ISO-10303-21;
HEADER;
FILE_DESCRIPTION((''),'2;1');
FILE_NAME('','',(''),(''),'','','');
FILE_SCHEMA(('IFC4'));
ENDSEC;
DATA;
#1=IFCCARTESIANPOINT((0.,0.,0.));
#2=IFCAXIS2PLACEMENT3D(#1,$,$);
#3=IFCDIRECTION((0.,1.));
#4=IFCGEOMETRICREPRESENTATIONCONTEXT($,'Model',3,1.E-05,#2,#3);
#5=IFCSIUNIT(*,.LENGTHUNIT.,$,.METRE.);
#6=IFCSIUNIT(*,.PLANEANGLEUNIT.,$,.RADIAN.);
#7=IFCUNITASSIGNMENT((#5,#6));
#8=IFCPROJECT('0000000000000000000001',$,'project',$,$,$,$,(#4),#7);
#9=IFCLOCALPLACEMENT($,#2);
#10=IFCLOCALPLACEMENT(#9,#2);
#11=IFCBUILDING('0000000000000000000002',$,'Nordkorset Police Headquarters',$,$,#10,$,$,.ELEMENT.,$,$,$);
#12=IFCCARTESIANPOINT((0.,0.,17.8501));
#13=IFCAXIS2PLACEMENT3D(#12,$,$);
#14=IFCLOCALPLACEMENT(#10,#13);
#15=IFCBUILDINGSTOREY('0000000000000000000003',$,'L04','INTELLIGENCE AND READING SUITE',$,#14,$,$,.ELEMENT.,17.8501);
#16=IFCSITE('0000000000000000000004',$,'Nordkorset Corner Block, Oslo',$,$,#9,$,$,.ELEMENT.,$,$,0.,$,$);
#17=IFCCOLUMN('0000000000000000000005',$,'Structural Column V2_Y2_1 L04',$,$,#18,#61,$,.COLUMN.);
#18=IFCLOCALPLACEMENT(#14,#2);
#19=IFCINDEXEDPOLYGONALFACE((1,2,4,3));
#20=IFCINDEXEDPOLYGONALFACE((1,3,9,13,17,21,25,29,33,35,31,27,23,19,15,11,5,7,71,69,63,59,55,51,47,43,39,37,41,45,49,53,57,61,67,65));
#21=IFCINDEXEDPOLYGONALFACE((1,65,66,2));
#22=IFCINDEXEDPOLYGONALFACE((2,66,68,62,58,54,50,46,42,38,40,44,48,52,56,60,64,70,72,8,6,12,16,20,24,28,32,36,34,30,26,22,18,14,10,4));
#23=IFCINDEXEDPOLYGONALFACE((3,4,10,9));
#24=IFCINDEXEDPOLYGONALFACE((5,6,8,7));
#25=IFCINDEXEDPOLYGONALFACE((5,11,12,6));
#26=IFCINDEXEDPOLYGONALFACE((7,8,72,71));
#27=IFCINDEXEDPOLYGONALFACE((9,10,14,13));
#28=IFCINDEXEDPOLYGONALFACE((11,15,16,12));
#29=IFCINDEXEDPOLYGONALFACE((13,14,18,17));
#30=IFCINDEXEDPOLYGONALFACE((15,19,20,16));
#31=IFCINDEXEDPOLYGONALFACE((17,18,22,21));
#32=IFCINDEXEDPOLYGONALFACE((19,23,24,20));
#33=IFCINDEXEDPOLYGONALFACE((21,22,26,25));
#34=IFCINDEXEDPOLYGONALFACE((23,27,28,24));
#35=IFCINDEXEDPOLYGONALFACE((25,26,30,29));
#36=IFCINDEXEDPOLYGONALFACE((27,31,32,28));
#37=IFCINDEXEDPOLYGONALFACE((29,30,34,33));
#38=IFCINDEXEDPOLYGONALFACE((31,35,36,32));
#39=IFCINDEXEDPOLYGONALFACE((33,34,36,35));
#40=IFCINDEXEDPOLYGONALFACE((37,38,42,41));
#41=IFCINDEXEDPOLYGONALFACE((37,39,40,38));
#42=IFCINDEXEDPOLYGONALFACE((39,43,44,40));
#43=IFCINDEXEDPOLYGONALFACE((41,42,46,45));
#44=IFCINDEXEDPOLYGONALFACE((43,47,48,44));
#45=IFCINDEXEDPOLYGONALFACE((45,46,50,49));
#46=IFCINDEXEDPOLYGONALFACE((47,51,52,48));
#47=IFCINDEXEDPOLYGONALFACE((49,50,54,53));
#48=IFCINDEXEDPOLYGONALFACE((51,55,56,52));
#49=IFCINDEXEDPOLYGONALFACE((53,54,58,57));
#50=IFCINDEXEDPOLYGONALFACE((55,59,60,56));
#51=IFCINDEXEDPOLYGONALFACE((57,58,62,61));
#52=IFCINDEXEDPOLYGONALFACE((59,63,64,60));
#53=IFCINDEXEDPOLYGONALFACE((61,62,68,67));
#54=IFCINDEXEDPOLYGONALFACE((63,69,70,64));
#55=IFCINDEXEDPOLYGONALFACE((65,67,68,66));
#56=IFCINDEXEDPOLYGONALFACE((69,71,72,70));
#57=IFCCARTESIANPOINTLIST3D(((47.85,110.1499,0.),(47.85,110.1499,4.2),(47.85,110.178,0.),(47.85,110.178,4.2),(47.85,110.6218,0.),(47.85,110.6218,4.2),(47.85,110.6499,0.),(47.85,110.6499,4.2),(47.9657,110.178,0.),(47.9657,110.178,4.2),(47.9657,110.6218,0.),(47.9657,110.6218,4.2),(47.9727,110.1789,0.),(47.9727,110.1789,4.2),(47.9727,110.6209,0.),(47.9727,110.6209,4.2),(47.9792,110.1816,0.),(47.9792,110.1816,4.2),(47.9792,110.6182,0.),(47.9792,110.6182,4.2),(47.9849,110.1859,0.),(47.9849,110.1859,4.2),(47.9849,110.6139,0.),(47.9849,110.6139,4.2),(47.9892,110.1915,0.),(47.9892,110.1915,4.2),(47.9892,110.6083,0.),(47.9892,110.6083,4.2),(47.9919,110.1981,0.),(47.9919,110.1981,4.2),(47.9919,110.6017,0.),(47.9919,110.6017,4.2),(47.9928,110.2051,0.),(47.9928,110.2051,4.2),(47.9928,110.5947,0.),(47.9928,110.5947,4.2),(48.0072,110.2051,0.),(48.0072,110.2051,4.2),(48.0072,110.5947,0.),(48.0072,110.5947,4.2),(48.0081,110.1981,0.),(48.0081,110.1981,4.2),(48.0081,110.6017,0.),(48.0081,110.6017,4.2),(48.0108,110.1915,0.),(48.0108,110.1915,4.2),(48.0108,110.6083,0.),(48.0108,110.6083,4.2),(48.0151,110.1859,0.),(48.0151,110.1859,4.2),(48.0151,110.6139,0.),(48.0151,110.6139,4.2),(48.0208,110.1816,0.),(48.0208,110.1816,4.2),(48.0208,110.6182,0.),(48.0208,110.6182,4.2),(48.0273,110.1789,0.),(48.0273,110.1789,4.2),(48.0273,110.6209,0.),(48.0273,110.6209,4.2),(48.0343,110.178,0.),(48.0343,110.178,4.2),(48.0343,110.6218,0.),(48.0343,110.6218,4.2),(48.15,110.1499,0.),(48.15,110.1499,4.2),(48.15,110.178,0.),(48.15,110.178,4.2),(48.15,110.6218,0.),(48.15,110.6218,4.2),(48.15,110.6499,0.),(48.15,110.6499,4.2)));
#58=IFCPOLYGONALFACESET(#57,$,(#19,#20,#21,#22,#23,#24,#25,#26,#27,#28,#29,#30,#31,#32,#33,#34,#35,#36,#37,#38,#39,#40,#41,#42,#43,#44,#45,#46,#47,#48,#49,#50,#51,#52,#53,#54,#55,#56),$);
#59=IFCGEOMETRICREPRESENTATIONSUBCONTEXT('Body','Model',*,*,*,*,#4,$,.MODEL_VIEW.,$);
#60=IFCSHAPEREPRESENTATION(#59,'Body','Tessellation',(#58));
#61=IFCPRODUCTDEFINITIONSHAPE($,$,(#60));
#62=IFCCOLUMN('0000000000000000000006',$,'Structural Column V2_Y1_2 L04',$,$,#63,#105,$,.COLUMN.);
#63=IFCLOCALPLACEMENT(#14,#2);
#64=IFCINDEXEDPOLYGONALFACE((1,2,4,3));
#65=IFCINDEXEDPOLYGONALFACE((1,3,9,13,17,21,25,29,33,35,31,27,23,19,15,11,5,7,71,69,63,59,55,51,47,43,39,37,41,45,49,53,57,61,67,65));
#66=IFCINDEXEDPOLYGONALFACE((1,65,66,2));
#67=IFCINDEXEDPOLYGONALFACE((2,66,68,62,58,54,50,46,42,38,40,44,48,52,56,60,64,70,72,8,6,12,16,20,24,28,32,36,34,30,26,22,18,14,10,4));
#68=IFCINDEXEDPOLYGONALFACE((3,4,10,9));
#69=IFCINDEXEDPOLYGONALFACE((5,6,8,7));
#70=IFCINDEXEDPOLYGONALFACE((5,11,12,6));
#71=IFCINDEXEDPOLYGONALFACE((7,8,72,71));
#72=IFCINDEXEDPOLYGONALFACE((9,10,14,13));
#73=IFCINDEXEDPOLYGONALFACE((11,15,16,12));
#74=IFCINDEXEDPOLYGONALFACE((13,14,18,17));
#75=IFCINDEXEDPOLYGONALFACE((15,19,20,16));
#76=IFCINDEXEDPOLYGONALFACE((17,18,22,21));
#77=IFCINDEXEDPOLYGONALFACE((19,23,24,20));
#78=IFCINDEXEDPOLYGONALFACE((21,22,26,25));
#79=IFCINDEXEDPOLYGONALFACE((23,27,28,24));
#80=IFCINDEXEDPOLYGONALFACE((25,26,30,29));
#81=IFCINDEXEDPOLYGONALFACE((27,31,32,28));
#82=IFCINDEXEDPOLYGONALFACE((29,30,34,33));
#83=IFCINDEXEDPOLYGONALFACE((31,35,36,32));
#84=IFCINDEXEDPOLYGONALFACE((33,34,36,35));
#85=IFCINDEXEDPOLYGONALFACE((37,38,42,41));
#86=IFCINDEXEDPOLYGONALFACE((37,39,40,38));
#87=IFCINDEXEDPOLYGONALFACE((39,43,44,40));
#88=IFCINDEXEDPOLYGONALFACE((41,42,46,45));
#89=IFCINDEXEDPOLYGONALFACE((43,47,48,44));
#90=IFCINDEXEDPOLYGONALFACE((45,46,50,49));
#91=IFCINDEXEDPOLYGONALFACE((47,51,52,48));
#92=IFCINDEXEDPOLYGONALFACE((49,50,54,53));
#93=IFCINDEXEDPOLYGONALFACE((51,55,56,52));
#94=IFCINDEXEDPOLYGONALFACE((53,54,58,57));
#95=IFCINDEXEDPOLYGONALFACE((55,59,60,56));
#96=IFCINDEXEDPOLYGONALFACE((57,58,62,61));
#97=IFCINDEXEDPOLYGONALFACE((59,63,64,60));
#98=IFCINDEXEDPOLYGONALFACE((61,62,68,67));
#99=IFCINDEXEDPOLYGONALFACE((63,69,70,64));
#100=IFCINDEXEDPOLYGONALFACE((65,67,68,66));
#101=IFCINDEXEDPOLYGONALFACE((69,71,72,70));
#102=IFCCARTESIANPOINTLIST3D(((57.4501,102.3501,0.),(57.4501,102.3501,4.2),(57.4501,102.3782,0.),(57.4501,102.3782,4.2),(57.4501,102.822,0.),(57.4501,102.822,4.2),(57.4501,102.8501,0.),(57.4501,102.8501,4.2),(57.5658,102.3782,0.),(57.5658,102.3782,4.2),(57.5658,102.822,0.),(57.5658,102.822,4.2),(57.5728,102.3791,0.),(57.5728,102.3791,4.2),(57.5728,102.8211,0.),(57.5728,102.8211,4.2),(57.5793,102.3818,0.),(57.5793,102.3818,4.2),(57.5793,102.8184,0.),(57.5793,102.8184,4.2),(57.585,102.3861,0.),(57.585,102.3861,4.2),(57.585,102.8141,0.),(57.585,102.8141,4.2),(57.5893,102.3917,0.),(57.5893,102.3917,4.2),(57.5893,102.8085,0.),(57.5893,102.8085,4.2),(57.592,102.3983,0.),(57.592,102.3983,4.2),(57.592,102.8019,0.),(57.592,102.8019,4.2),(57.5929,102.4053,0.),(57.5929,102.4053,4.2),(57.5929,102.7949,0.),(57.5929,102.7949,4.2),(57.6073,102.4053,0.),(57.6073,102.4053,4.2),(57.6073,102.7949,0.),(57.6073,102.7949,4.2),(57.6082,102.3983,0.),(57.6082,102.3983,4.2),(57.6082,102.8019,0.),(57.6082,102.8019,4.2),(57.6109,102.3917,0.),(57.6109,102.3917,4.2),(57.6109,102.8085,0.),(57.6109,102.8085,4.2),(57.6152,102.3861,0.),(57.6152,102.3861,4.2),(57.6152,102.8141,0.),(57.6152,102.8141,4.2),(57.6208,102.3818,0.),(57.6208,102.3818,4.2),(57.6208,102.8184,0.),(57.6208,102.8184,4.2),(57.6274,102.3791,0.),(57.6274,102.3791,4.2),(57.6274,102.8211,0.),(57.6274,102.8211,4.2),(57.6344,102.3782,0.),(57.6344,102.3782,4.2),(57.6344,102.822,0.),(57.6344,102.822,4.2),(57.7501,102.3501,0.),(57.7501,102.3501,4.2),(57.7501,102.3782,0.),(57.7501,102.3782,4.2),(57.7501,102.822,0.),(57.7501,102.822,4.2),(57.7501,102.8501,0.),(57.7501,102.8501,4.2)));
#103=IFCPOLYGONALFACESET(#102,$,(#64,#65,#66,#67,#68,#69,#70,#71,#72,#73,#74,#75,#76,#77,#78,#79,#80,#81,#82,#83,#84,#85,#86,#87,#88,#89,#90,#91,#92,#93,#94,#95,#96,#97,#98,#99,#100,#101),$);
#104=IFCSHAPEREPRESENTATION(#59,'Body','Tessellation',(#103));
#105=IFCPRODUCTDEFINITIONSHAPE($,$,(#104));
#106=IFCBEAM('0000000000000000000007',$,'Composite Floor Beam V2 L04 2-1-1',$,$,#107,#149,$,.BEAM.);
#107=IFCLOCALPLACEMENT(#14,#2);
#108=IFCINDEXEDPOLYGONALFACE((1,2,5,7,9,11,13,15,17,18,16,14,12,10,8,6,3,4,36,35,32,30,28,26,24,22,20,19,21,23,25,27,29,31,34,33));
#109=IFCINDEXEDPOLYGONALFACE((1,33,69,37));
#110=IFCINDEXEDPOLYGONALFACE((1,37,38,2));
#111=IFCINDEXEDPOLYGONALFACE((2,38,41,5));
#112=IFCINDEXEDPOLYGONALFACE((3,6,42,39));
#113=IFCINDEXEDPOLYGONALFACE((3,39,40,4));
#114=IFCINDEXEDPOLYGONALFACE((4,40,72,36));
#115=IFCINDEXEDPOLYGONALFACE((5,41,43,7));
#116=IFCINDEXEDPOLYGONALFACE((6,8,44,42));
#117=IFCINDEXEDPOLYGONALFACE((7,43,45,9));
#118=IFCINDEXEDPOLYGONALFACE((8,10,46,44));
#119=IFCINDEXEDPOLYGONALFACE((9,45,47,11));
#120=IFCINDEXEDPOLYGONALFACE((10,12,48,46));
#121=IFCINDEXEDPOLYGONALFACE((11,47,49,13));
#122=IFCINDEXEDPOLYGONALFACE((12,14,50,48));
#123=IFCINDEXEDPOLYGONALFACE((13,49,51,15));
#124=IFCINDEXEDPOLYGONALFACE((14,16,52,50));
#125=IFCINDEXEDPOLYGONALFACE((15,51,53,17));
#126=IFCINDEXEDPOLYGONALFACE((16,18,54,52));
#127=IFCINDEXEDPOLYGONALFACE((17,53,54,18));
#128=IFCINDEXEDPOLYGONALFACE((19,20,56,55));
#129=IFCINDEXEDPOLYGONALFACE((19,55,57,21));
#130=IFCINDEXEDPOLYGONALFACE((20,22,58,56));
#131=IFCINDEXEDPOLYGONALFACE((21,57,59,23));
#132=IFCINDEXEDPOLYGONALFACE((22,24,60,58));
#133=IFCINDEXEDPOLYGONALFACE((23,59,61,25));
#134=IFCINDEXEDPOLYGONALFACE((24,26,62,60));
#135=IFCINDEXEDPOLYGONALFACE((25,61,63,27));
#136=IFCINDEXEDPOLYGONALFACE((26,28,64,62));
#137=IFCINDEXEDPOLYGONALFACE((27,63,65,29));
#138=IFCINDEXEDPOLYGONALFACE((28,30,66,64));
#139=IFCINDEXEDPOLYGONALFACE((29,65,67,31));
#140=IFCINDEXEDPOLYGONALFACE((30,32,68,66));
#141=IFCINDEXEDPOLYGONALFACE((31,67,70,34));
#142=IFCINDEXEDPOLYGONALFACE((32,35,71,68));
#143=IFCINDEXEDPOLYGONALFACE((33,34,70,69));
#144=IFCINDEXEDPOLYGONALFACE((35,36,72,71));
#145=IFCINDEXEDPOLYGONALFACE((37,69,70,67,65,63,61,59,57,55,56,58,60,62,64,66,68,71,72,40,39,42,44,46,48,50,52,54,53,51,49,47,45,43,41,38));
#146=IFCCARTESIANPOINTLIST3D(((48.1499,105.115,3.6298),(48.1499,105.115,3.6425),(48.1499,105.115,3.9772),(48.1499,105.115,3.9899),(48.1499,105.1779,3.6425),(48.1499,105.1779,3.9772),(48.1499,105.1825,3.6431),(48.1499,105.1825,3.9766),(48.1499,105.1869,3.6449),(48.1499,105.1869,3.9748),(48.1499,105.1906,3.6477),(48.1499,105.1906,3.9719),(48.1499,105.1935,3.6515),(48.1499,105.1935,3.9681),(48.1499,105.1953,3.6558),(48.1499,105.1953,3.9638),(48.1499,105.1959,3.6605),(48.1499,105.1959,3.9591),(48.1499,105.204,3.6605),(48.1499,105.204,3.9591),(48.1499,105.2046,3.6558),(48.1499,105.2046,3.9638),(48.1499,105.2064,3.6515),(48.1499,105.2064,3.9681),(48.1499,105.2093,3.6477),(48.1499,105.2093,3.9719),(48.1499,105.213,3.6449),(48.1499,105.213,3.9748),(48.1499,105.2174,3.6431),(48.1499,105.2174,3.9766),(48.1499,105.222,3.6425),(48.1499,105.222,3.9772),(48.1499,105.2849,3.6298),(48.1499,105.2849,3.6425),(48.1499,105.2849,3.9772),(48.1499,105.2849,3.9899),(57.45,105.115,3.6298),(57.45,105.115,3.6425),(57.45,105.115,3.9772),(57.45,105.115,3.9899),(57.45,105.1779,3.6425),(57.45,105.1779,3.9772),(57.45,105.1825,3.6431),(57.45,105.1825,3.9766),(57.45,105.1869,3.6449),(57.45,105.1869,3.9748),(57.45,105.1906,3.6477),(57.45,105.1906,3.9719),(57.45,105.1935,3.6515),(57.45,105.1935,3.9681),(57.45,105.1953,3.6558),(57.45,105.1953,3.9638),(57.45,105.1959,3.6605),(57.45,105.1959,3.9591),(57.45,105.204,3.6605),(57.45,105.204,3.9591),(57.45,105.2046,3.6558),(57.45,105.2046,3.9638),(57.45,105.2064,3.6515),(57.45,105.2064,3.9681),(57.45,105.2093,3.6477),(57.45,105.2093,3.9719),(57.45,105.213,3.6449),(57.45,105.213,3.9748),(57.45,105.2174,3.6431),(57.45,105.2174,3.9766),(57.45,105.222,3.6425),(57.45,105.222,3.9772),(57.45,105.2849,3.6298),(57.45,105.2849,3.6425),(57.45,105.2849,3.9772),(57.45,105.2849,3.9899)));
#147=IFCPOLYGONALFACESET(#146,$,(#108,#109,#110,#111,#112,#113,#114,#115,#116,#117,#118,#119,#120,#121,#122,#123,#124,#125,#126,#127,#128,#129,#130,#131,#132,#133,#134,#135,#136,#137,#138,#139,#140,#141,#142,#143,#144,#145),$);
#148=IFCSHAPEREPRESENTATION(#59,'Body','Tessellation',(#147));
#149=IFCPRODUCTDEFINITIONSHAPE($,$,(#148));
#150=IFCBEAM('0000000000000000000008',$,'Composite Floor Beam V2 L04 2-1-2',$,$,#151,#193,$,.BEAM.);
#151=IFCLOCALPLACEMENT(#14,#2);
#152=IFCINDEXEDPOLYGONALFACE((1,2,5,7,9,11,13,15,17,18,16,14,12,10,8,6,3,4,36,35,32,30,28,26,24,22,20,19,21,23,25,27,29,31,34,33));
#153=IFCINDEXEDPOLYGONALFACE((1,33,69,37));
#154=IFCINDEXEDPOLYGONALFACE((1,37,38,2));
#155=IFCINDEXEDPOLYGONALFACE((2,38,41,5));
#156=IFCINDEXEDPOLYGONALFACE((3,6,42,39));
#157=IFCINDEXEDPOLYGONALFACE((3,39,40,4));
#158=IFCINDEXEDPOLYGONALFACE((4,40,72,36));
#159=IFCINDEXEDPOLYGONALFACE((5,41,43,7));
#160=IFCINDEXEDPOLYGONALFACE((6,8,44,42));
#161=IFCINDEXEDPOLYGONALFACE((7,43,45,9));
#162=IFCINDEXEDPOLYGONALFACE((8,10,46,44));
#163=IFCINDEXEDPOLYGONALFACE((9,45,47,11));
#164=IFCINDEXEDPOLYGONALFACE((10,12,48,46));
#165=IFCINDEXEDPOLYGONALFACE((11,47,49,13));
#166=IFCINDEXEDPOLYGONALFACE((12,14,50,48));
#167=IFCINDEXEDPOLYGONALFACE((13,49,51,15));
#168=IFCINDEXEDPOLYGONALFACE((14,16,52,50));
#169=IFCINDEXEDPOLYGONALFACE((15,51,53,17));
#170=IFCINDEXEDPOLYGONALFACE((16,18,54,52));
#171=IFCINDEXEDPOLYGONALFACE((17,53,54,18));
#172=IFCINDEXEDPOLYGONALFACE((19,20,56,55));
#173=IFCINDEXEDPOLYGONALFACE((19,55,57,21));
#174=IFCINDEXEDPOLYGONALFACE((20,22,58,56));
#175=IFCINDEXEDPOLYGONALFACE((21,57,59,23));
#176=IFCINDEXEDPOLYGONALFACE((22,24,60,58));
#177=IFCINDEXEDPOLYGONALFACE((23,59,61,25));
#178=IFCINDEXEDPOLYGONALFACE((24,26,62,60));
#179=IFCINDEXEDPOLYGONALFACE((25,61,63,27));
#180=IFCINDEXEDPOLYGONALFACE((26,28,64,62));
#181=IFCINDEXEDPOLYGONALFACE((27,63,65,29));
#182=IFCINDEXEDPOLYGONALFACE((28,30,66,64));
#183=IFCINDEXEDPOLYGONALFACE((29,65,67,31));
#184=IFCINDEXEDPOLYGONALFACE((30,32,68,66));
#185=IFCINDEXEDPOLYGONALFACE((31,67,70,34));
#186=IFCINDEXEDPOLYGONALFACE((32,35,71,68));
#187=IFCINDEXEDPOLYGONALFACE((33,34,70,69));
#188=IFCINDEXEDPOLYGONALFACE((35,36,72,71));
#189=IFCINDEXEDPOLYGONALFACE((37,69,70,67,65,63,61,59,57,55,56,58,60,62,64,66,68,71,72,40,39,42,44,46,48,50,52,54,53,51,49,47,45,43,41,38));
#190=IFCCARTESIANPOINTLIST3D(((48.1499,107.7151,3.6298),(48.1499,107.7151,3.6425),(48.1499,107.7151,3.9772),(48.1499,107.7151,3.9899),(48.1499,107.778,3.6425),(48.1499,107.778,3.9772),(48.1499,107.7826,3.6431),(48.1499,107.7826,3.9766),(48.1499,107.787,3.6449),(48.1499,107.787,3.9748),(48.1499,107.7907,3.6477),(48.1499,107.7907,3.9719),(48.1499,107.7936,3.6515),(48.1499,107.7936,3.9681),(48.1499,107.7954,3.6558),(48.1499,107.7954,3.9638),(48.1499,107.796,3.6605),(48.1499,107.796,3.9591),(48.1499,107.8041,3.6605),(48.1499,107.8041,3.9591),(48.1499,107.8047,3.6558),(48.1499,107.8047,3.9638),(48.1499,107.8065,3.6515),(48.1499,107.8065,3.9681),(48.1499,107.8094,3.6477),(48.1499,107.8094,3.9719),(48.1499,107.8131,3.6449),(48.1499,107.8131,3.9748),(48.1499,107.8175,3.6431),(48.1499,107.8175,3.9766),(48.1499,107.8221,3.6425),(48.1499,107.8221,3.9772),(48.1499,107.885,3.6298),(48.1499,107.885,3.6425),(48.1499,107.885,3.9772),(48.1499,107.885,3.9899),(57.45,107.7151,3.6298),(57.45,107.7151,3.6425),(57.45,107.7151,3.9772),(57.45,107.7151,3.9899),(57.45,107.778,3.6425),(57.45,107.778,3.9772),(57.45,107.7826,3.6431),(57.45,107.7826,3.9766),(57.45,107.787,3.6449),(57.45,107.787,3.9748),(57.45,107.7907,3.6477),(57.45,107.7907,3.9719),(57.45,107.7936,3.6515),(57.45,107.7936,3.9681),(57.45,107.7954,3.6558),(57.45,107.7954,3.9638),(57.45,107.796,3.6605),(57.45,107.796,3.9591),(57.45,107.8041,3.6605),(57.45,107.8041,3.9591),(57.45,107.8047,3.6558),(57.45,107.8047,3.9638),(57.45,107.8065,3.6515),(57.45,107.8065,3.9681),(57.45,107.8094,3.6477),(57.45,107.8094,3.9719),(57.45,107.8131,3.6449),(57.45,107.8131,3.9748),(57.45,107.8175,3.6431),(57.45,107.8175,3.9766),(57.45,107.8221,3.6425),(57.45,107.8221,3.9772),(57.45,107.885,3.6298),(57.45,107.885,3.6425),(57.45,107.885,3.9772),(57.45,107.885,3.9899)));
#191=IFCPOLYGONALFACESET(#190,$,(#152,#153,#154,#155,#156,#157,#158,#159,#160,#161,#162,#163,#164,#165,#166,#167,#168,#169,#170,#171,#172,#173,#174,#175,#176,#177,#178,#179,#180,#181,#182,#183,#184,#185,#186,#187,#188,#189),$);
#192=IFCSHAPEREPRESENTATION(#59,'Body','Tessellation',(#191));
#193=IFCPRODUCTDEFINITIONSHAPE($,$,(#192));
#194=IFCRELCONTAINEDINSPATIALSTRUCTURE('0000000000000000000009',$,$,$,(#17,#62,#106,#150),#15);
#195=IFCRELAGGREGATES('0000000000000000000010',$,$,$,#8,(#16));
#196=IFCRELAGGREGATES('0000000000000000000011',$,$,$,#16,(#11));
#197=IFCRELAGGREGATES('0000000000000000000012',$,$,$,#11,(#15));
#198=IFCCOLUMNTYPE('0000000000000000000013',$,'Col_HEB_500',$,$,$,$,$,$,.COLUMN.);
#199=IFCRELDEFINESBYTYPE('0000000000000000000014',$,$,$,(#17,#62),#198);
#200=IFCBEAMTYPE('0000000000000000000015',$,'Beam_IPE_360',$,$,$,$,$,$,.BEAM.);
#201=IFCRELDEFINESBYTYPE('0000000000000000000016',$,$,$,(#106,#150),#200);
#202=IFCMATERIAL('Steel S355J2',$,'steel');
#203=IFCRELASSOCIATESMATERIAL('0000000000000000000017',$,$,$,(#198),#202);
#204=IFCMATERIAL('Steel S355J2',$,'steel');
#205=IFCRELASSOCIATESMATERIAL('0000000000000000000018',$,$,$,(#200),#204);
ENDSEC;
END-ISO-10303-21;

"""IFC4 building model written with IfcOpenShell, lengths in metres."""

from ifc_helpers import new_model, si_unit, direction, frame, origin, origin_2d, place, context, subcontext, project, spatial, i_section, extrude, material, material_profile, profile_set, type_object, element, save


model = new_model("IFC4")

# Units and contexts
model_context = context("Model", 3, precision=1e-05, world=origin(), true_north=direction((0.0, 1.0)))
body_context = subcontext(model_context, "Body", "Model", "MODEL_VIEW")
ifc_project = project(units=[si_unit("LENGTHUNIT", "METRE"), si_unit("PLANEANGLEUNIT", "RADIAN")], contexts=[model_context])

# Site, building, storey
site_placement = place(None, origin())
site = spatial("IfcSite", under=ifc_project, at=site_placement, Name="Nordkorset Corner Block, Oslo", CompositionType="ELEMENT", RefElevation=0.0)
building_placement = place(site_placement, origin())
building = spatial("IfcBuilding", under=site, at=building_placement, Name="Nordkorset Police Headquarters", CompositionType="ELEMENT")
storey_placement = place(building_placement, frame((0.0, 0.0, 17.8501)))
storey = spatial("IfcBuildingStorey", under=building, at=storey_placement, Name="L04", Description="INTELLIGENCE AND READING SUITE", CompositionType="ELEMENT", Elevation=17.8501)

# Columns
ifc_material_1 = material(Name="Steel S355J2", Category="steel")
ifc_material_profile_1 = material_profile(ifc_material_1, i_section(OverallWidth=0.3, OverallDepth=0.5, WebThickness=0.0144, FlangeThickness=0.0281, FilletRadius=0.0271, at=origin_2d()), Name="HEB 500")
ifc_profile_set_1 = profile_set([ifc_material_profile_1], Name="Steel S355J2")
column_type = type_object("IfcColumnType", Name="Col_HEB_500", PredefinedType="COLUMN", material=ifc_profile_set_1)
for number, where, z_axis, x_axis, name in (
    (1, (48.0, 110.3999, 0.0), (0.0, 0.0, 1.0), (1.0, 0.0, 0.0), "Structural Column V2_Y2_1 L04"),
    (2, (57.6001, 102.6001, 0.0), (0.0, 0.0, 1.0), (1.0, 0.0, 0.0), "Structural Column V2_Y1_2 L04"),
):
    element("IfcColumn", number, at=place(storey_placement, frame(where, z_axis=z_axis, x_axis=x_axis)), inside=storey, type_object=column_type, Name=name, PredefinedType="COLUMN", context=body_context, shape_type="SweptSolid", body=[
        extrude(i_section(OverallWidth=0.3, OverallDepth=0.5, WebThickness=0.0144, FlangeThickness=0.0281, FilletRadius=0.0271, at=origin_2d()), origin(), (0.0, 0.0, 1.0), 4.2),
    ])

# Beams
ifc_material_2 = material(Name="Steel S355J2", Category="steel")
ifc_material_profile_2 = material_profile(ifc_material_2, i_section(OverallWidth=0.1699, OverallDepth=0.3601, WebThickness=0.0081, FlangeThickness=0.0127, FilletRadius=0.0181, at=origin_2d()), Name="IPE 360")
ifc_profile_set_2 = profile_set([ifc_material_profile_2], Name="Steel S355J2")
beam_type_1 = type_object("IfcBeamType", Name="Beam_IPE_360", PredefinedType="BEAM", material=ifc_profile_set_2)
for number, where, z_axis, x_axis, name in (
    (3, (48.1499, 105.2, 3.8098), (1.0, 0.0, 0.0), (0.0, 1.0, 0.0), "Composite Floor Beam V2 L04 2-1-1"),
    (4, (48.1499, 107.8, 3.8098), (1.0, 0.0, 0.0), (0.0, 1.0, 0.0), "Composite Floor Beam V2 L04 2-1-2"),
):
    element("IfcBeam", number, at=place(storey_placement, frame(where, z_axis=z_axis, x_axis=x_axis)), inside=storey, type_object=beam_type_1, Name=name, PredefinedType="BEAM", context=body_context, shape_type="SweptSolid", body=[
        extrude(i_section(OverallWidth=0.1699, OverallDepth=0.3601, WebThickness=0.0081, FlangeThickness=0.0127, FilletRadius=0.0181, at=origin_2d()), origin(), (0.0, 0.0, 1.0), 9.3),
    ])

save(model, "model.ifc")
